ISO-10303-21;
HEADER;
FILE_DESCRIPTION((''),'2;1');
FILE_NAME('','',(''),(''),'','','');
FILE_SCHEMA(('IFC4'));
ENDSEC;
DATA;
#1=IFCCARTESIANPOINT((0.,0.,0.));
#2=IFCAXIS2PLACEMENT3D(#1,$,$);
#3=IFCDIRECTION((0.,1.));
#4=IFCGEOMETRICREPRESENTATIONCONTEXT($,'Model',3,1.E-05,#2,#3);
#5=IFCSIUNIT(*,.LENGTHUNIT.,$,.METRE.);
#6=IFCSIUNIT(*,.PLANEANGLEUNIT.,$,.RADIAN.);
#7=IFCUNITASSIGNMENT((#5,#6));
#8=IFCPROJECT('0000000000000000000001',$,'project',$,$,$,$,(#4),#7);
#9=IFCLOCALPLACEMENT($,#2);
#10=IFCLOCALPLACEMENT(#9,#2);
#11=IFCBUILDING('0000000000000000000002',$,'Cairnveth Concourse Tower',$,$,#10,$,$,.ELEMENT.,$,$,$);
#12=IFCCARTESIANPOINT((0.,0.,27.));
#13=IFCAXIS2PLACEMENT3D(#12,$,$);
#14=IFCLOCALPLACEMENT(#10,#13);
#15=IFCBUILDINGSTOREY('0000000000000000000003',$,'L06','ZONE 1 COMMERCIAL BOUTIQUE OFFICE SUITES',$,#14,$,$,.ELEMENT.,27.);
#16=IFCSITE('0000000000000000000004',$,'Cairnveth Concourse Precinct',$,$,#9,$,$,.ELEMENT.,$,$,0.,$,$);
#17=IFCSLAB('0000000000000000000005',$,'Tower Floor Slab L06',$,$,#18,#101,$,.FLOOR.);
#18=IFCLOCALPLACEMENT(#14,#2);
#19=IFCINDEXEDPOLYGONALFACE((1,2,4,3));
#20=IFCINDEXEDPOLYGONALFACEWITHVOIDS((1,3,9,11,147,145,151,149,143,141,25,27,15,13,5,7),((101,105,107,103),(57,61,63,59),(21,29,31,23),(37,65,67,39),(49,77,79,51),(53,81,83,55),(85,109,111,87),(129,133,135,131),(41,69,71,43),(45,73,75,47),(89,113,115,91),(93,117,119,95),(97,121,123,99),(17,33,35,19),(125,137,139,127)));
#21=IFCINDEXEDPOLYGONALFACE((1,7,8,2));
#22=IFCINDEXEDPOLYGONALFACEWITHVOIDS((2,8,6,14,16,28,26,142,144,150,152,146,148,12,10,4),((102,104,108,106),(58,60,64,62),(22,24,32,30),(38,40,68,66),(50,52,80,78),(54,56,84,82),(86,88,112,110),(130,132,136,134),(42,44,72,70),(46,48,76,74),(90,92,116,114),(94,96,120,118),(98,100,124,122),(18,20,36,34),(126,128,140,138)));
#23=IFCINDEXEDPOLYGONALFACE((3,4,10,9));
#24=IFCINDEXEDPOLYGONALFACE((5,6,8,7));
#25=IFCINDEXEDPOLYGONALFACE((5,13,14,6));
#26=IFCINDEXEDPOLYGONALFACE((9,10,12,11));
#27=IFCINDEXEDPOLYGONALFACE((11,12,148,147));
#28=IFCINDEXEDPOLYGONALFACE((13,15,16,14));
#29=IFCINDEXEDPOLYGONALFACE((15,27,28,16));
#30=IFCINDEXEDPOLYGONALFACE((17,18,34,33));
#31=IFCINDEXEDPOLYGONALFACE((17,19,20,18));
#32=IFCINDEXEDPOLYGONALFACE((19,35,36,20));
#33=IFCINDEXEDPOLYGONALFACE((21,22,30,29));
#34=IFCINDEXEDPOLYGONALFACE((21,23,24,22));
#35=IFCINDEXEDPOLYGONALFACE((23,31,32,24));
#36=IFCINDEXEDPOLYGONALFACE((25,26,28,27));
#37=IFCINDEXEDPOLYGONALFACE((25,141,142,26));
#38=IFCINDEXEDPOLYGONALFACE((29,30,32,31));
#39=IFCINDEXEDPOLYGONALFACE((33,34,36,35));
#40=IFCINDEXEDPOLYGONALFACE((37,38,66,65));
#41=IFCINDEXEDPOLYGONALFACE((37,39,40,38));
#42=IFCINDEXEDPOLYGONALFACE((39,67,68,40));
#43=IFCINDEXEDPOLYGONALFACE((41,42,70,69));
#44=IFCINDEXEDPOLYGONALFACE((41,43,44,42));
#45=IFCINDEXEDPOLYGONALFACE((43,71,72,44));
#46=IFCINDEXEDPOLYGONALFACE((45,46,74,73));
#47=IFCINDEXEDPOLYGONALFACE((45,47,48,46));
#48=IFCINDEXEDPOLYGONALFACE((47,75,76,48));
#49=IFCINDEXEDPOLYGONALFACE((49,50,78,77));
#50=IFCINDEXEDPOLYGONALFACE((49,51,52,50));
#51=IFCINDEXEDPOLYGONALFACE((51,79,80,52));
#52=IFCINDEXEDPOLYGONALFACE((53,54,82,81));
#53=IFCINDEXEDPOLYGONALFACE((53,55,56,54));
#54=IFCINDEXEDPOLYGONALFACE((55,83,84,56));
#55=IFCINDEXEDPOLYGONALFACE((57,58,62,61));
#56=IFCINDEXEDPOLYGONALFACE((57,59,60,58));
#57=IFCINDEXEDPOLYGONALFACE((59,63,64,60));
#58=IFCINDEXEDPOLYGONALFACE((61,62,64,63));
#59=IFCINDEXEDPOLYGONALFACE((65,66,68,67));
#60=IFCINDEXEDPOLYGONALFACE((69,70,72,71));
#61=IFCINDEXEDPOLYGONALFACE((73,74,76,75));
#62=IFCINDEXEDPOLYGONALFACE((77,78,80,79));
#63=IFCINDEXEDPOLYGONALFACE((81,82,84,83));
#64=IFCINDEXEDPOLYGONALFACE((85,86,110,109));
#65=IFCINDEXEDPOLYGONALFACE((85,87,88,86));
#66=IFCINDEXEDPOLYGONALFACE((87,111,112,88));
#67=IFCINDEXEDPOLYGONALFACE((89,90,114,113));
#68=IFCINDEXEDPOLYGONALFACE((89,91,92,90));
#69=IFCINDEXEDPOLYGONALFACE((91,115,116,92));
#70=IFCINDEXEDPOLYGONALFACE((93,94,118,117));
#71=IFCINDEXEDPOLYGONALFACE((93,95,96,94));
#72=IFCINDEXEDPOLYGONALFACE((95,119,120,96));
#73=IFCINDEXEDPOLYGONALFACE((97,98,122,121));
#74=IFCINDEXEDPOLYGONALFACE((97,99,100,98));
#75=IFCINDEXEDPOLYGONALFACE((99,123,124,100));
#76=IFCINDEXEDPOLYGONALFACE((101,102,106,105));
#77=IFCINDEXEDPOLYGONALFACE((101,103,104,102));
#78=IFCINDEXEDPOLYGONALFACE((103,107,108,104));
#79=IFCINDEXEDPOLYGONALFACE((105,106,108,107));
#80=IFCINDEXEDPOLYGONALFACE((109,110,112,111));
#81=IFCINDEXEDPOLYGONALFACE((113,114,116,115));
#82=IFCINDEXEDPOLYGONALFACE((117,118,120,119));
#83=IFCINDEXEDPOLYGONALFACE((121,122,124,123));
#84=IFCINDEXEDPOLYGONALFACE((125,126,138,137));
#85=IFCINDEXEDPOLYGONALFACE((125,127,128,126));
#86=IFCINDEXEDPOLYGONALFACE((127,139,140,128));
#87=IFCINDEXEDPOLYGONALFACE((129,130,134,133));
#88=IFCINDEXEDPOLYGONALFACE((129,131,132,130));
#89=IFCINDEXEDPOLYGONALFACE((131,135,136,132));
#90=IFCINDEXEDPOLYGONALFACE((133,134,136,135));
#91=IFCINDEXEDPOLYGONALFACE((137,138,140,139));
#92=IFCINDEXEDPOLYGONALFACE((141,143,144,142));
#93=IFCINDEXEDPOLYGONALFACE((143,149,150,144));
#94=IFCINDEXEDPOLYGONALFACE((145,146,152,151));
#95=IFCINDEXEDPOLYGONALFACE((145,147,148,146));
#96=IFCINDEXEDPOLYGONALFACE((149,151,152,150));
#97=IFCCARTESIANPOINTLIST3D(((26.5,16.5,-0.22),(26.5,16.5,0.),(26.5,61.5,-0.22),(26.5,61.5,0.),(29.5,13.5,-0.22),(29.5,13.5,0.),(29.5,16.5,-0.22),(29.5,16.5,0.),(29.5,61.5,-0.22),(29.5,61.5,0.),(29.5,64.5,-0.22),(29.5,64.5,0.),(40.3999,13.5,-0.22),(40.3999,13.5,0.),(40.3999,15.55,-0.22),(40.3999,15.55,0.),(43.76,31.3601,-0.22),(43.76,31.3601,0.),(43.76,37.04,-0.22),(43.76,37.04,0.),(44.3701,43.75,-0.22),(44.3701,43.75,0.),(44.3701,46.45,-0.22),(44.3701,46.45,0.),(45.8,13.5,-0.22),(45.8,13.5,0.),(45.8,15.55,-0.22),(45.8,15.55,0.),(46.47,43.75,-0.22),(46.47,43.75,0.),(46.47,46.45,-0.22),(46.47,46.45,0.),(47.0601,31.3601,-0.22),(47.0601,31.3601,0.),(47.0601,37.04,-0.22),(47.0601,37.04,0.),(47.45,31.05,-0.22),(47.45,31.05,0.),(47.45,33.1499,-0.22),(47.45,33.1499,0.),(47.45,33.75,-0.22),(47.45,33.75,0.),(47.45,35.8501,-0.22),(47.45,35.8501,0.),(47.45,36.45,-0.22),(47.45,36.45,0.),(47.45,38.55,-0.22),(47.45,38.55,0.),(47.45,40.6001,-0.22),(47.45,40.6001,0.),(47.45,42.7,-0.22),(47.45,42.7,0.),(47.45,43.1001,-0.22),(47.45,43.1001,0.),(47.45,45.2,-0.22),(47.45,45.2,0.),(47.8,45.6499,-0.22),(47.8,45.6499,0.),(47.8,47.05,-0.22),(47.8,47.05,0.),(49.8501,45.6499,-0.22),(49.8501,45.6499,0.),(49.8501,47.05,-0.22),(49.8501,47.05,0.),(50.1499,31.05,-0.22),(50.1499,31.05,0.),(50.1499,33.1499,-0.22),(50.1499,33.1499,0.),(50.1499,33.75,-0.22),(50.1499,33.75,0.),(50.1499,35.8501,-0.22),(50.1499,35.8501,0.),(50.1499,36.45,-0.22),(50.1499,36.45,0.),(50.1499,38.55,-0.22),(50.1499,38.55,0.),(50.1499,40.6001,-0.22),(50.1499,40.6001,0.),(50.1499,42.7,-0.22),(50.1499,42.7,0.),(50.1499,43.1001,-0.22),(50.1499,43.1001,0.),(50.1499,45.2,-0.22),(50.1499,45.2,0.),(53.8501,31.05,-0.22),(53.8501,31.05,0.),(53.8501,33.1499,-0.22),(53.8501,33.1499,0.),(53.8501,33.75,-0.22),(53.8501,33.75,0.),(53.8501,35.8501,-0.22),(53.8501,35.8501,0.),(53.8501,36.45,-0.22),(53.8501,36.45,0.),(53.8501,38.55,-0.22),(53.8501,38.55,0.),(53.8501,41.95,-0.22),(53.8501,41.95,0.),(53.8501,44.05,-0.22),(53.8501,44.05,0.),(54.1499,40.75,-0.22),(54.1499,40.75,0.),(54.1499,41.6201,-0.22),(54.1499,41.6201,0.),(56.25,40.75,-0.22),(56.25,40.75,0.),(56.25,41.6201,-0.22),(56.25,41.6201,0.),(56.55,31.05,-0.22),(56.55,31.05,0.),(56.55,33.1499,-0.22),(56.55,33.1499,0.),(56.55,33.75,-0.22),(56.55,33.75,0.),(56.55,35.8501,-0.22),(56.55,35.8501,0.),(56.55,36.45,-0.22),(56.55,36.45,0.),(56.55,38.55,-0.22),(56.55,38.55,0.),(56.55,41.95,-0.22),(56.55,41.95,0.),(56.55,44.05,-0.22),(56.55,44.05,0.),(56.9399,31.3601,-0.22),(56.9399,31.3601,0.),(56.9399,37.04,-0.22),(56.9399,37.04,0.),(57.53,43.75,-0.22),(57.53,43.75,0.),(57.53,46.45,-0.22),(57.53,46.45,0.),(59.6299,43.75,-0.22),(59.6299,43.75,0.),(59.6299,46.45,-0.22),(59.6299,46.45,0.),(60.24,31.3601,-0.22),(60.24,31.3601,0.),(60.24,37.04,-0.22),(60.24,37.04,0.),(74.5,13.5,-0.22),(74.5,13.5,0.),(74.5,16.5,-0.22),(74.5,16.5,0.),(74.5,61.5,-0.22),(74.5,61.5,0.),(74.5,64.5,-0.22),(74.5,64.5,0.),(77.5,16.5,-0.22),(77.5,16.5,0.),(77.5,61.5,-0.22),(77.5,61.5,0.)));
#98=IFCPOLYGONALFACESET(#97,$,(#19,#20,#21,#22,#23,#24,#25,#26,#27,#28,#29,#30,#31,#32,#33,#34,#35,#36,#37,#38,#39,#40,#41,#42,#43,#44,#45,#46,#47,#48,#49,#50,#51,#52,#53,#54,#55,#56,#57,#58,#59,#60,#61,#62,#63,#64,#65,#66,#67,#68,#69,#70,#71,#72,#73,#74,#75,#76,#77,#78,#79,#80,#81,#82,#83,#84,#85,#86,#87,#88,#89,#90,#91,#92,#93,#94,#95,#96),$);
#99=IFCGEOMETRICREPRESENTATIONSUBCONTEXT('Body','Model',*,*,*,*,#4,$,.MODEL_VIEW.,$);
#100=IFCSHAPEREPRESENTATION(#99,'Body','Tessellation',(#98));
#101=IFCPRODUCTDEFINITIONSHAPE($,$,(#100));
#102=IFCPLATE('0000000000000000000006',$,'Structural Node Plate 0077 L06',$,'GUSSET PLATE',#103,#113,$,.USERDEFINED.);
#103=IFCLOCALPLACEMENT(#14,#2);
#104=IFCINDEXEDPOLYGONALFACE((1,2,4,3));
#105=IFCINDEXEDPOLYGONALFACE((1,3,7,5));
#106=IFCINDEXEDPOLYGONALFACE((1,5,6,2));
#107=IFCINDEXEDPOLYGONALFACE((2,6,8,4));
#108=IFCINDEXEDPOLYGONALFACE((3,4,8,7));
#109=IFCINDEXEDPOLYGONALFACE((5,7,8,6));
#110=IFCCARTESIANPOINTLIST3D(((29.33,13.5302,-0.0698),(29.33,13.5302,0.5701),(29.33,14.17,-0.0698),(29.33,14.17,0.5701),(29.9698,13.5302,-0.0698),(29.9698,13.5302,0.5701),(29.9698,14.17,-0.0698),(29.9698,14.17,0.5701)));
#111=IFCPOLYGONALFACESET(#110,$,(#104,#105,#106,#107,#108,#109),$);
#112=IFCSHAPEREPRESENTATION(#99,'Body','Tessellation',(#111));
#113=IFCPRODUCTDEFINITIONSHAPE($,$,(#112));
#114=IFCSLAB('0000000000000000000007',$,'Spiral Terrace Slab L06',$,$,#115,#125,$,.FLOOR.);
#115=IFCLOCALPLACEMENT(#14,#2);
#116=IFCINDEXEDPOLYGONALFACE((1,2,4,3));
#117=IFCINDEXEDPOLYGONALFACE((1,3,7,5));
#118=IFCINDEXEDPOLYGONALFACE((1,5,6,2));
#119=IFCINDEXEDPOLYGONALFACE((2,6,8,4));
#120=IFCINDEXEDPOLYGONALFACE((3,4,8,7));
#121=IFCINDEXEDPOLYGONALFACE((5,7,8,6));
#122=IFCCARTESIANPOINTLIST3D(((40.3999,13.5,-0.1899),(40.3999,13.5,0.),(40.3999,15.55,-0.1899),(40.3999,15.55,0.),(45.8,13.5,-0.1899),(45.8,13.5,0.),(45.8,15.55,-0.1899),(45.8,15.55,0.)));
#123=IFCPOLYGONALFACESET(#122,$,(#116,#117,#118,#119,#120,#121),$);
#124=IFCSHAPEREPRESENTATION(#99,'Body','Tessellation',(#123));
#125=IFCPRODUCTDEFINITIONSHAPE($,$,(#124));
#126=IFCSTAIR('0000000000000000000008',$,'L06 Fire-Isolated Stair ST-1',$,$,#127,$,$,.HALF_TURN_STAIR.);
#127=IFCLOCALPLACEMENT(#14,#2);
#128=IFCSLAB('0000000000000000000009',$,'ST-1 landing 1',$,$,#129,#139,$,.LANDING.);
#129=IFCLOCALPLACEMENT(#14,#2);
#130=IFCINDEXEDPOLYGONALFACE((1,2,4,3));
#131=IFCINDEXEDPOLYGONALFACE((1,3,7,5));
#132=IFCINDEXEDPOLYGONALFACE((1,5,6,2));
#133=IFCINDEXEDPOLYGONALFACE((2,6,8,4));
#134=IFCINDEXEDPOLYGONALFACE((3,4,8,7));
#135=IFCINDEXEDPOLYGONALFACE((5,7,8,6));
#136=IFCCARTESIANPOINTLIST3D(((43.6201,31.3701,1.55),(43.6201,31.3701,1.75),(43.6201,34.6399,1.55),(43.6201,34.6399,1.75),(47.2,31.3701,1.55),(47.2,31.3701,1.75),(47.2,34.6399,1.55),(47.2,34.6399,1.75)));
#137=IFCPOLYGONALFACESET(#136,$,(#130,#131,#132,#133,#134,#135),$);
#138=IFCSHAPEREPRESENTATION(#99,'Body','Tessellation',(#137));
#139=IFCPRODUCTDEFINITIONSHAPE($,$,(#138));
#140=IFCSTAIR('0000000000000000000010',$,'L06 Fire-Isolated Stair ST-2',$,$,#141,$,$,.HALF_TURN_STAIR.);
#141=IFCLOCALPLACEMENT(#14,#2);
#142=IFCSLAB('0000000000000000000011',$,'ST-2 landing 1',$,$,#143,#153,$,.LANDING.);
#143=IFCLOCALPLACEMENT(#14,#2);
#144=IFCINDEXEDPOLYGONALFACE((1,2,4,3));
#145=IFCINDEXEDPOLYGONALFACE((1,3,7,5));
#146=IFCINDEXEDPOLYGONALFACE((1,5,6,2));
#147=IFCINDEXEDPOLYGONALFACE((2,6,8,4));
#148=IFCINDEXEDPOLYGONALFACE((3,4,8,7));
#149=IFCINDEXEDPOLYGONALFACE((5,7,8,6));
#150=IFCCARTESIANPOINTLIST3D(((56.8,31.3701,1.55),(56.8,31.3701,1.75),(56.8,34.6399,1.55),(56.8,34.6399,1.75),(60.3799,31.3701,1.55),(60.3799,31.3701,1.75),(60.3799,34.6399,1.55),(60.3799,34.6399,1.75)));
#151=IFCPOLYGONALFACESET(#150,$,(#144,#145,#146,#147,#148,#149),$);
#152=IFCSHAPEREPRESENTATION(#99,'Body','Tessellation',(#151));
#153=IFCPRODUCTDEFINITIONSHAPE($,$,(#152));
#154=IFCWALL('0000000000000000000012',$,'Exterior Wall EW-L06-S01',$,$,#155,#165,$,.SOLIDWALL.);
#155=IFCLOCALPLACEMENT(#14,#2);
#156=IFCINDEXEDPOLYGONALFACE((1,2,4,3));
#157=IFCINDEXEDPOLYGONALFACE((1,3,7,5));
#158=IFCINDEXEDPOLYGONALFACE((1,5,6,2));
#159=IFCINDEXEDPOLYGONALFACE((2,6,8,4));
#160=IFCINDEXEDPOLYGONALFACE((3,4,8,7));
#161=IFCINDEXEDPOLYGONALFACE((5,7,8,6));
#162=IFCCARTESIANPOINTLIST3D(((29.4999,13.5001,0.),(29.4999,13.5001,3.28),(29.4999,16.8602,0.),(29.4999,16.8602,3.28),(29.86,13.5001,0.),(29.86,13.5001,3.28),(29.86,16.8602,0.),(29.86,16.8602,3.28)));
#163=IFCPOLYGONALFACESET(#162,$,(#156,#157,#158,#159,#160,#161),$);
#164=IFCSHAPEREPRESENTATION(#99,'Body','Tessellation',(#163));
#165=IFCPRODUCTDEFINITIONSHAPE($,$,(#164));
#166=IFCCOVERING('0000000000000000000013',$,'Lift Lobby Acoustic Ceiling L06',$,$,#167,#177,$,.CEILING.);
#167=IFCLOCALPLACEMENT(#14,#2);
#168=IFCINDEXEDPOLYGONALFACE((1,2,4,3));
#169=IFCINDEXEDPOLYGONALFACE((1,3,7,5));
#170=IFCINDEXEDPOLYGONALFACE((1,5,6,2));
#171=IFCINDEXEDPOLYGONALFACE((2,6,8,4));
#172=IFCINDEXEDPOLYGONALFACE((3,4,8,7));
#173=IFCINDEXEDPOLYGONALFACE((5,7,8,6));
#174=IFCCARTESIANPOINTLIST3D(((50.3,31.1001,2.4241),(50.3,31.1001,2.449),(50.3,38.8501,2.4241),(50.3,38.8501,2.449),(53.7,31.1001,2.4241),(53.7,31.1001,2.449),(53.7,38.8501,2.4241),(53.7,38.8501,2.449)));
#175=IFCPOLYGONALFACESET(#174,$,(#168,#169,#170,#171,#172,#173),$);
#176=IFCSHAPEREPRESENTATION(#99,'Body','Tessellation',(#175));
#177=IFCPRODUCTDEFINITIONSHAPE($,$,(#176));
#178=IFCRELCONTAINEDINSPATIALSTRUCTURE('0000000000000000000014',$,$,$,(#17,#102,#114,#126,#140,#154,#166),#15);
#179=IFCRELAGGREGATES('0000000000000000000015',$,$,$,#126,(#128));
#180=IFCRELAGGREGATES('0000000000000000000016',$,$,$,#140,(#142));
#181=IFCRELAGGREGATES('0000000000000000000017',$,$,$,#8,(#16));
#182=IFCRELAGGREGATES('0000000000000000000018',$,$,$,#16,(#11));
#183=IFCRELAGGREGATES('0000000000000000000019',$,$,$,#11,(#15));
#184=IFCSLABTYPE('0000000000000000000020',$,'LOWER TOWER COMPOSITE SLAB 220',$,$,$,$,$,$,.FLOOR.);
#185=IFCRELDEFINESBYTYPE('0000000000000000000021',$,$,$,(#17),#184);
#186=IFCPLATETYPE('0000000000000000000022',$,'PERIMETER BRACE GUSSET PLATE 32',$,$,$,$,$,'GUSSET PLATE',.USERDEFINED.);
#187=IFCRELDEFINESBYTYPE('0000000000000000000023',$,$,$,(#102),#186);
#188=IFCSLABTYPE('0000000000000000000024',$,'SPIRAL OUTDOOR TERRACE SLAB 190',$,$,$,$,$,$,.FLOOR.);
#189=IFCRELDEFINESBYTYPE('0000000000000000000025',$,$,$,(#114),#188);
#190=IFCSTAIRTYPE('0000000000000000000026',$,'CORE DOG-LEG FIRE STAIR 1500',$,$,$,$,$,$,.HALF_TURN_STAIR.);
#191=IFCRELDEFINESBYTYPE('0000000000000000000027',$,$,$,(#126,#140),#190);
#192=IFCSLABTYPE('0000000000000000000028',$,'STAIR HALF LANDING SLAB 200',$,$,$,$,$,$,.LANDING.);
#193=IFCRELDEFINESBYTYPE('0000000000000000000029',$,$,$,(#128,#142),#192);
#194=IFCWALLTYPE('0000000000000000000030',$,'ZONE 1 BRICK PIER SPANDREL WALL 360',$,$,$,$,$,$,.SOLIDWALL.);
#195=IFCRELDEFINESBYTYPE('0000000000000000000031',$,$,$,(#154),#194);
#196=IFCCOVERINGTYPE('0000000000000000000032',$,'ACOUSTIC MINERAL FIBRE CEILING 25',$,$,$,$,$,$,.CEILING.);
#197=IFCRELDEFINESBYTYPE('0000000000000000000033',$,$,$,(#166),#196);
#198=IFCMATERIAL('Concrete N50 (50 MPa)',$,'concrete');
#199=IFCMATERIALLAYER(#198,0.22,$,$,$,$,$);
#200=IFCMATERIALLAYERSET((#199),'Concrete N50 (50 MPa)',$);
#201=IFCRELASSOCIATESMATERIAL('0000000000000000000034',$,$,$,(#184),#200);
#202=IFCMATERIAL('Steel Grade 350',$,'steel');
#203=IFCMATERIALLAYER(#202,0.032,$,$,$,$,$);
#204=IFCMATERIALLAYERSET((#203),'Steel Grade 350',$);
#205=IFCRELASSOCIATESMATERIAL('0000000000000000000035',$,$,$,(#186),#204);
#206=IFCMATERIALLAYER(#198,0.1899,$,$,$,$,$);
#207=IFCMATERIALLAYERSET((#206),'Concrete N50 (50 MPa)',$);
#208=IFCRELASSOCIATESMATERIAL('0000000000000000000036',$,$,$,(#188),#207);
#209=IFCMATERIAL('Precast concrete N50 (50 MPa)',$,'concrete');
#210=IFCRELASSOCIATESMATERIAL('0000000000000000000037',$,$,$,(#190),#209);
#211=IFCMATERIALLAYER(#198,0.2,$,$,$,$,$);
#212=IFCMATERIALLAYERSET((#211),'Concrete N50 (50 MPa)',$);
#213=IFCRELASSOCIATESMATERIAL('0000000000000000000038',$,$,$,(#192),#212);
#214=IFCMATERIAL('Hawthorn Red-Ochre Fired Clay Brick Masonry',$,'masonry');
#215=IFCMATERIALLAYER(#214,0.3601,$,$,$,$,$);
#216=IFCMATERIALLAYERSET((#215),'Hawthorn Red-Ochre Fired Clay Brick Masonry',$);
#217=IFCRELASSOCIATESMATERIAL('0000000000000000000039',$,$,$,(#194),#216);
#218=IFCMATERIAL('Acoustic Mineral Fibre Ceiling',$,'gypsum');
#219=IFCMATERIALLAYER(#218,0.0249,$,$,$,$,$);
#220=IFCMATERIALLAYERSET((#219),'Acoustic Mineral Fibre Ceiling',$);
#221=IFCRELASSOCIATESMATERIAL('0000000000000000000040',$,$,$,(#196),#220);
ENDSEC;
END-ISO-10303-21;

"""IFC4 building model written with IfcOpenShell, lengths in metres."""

from ifc_helpers import new_model, si_unit, direction, frame, frame_2d, origin, origin_2d, place, context, subcontext, project, spatial, polyline, rectangle, outline, extrude, material, layer, layer_set, type_object, element, aggregate, save


model = new_model("IFC4")

# Units and contexts
model_context = context("Model", 3, precision=1e-05, world=origin(), true_north=direction((0.0, 1.0)))
body_context = subcontext(model_context, "Body", "Model", "MODEL_VIEW")
ifc_project = project(units=[si_unit("LENGTHUNIT", "METRE"), si_unit("PLANEANGLEUNIT", "RADIAN")], contexts=[model_context])

# Site, building, storey
site_placement = place(None, origin())
site = spatial("IfcSite", under=ifc_project, at=site_placement, Name="Cairnveth Concourse Precinct", CompositionType="ELEMENT", RefElevation=0.0)
building_placement = place(site_placement, origin())
building = spatial("IfcBuilding", under=site, at=building_placement, Name="Cairnveth Concourse Tower", CompositionType="ELEMENT")
storey_placement = place(building_placement, frame((0.0, 0.0, 27.0)))
storey = spatial("IfcBuildingStorey", under=building, at=storey_placement, Name="L06", Description="ZONE 1 COMMERCIAL BOUTIQUE OFFICE SUITES", CompositionType="ELEMENT", Elevation=27.0)

# Shared definitions
ifc_material_1 = material(Name="Steel Grade 350", Category="steel")

# Slab
ifc_material_2 = material(Name="Concrete N50 (50 MPa)", Category="concrete")
ifc_layer_1 = layer(ifc_material_2, 0.22)
ifc_layer_set_1 = layer_set([ifc_layer_1], Name="Concrete N50 (50 MPa)")
slab_type_1 = type_object("IfcSlabType", Name="LOWER TOWER COMPOSITE SLAB 220", PredefinedType="FLOOR", material=ifc_layer_set_1)
slab_1_placement = place(storey_placement, frame((0.0, 0.0, -0.22)))
element("IfcSlab", 1, at=slab_1_placement, inside=storey, type_object=slab_type_1, Name="Tower Floor Slab L06", PredefinedType="FLOOR", context=body_context, shape_type="SweptSolid", body=[
    extrude(outline(polyline([(40.3999, 13.5), (40.3999, 15.55), (45.8, 15.55), (45.8, 13.5), (74.5, 13.5), (74.5, 16.5), (77.5, 16.5), (77.5, 61.5), (74.5, 61.5), (74.5, 64.5), (29.5, 64.5), (29.5, 61.5), (26.5, 61.5), (26.5, 16.5), (29.5, 16.5), (29.5, 13.5), (40.3999, 13.5)]), holes=[polyline([(43.76, 31.3601), (47.0601, 31.3601), (47.0601, 37.04), (43.76, 37.04), (43.76, 31.3601)]), polyline([(56.9399, 31.3601), (60.24, 31.3601), (60.24, 37.04), (56.9399, 37.04), (56.9399, 31.3601)]), polyline([(44.3701, 43.75), (46.47, 43.75), (46.47, 46.45), (44.3701, 46.45), (44.3701, 43.75)]), polyline([(57.53, 43.75), (59.6299, 43.75), (59.6299, 46.45), (57.53, 46.45), (57.53, 43.75)]), polyline([(47.45, 31.05), (50.1499, 31.05), (50.1499, 33.1499), (47.45, 33.1499), (47.45, 31.05)]), polyline([(47.45, 33.75), (50.1499, 33.75), (50.1499, 35.8501), (47.45, 35.8501), (47.45, 33.75)]), polyline([(47.45, 36.45), (50.1499, 36.45), (50.1499, 38.55), (47.45, 38.55), (47.45, 36.45)]), polyline([(53.8501, 31.05), (56.55, 31.05), (56.55, 33.1499), (53.8501, 33.1499), (53.8501, 31.05)]), polyline([(53.8501, 33.75), (56.55, 33.75), (56.55, 35.8501), (53.8501, 35.8501), (53.8501, 33.75)]), polyline([(53.8501, 36.45), (56.55, 36.45), (56.55, 38.55), (53.8501, 38.55), (53.8501, 36.45)]), polyline([(47.45, 40.6001), (50.1499, 40.6001), (50.1499, 42.7), (47.45, 42.7), (47.45, 40.6001)]), polyline([(47.45, 43.1001), (50.1499, 43.1001), (50.1499, 45.2), (47.45, 45.2), (47.45, 43.1001)]), polyline([(53.8501, 41.95), (56.55, 41.95), (56.55, 44.05), (53.8501, 44.05), (53.8501, 41.95)]), polyline([(47.8, 45.6499), (49.8501, 45.6499), (49.8501, 47.05), (47.8, 47.05), (47.8, 45.6499)]), polyline([(54.1499, 40.75), (56.25, 40.75), (56.25, 41.6201), (54.1499, 41.6201), (54.1499, 40.75)])]), origin(), (0.0, 0.0, 1.0), 0.22),
])

# Plate
ifc_layer_2 = layer(ifc_material_1, 0.032)
ifc_layer_set_2 = layer_set([ifc_layer_2], Name="Steel Grade 350")
plate_type = type_object("IfcPlateType", Name="PERIMETER BRACE GUSSET PLATE 32", ElementType="GUSSET PLATE", PredefinedType="USERDEFINED", material=ifc_layer_set_2)
plate_placement = place(storey_placement, frame((29.6499, 13.8501, -0.0698), z_axis=(0.0, 0.0, 1.0), x_axis=(1.0, 0.0, 0.0)))
element("IfcPlate", 2, at=plate_placement, inside=storey, type_object=plate_type, Name="Structural Node Plate 0077 L06", ObjectType="GUSSET PLATE", PredefinedType="USERDEFINED", context=body_context, shape_type="SweptSolid", body=[
    extrude(rectangle(XDim=0.6399, YDim=0.6399, at=origin_2d()), origin(), (0.0, 0.0, 1.0), 0.6399),
])

# Slab
ifc_layer_3 = layer(ifc_material_2, 0.1899)
ifc_layer_set_3 = layer_set([ifc_layer_3], Name="Concrete N50 (50 MPa)")
slab_type_2 = type_object("IfcSlabType", Name="SPIRAL OUTDOOR TERRACE SLAB 190", PredefinedType="FLOOR", material=ifc_layer_set_3)
slab_2_placement = place(storey_placement, frame((0.0, 0.0, -0.1899)))
element("IfcSlab", 3, at=slab_2_placement, inside=storey, type_object=slab_type_2, Name="Spiral Terrace Slab L06", PredefinedType="FLOOR", context=body_context, shape_type="SweptSolid", body=[
    extrude(outline(polyline([(40.3999, 13.5), (45.8, 13.5), (45.8, 15.55), (40.3999, 15.55), (40.3999, 13.5)])), origin(), (0.0, 0.0, 1.0), 0.1899),
])

# Stairs, slabs
ifc_material_3 = material(Name="Precast concrete N50 (50 MPa)", Category="concrete")
stair_type = type_object("IfcStairType", Name="CORE DOG-LEG FIRE STAIR 1500", PredefinedType="HALF_TURN_STAIR", material=ifc_material_3)
stair_1_placement = place(storey_placement, origin())
stair_1 = element("IfcStair", 4, at=stair_1_placement, inside=storey, type_object=stair_type, Name="L06 Fire-Isolated Stair ST-1", PredefinedType="HALF_TURN_STAIR")
ifc_layer_4 = layer(ifc_material_2, 0.2)
ifc_layer_set_4 = layer_set([ifc_layer_4], Name="Concrete N50 (50 MPa)")
slab_type_3 = type_object("IfcSlabType", Name="STAIR HALF LANDING SLAB 200", PredefinedType="LANDING", material=ifc_layer_set_4)
slab_3_placement = place(storey_placement, frame((0.0, 0.0, 1.55)))
slab_3 = element("IfcSlab", 5, at=slab_3_placement, type_object=slab_type_3, Name="ST-1 landing 1", PredefinedType="LANDING", context=body_context, shape_type="SweptSolid", body=[
    extrude(outline(polyline([(43.6201, 34.6399), (43.6201, 31.3701), (47.2, 31.3701), (47.2, 34.6399), (43.6201, 34.6399)])), origin(), (0.0, 0.0, 1.0), 0.2),
])
aggregate(stair_1, [slab_3])
stair_2_placement = place(storey_placement, origin())
stair_2 = element("IfcStair", 6, at=stair_2_placement, inside=storey, type_object=stair_type, Name="L06 Fire-Isolated Stair ST-2", PredefinedType="HALF_TURN_STAIR")
slab_4_placement = place(storey_placement, frame((0.0, 0.0, 1.55)))
slab_4 = element("IfcSlab", 7, at=slab_4_placement, type_object=slab_type_3, Name="ST-2 landing 1", PredefinedType="LANDING", context=body_context, shape_type="SweptSolid", body=[
    extrude(outline(polyline([(56.8, 34.6399), (56.8, 31.3701), (60.3799, 31.3701), (60.3799, 34.6399), (56.8, 34.6399)])), origin(), (0.0, 0.0, 1.0), 0.2),
])
aggregate(stair_2, [slab_4])

# Wall
ifc_material_4 = material(Name="Hawthorn Red-Ochre Fired Clay Brick Masonry", Category="masonry")
ifc_layer_5 = layer(ifc_material_4, 0.3601)
ifc_layer_set_5 = layer_set([ifc_layer_5], Name="Hawthorn Red-Ochre Fired Clay Brick Masonry")
wall_type = type_object("IfcWallType", Name="ZONE 1 BRICK PIER SPANDREL WALL 360", PredefinedType="SOLIDWALL", material=ifc_layer_set_5)
wall_1_placement = place(storey_placement, frame((29.6799, 13.5, 0.0), z_axis=(0.0, 0.0, 1.0), x_axis=(0.0, 1.0, 0.0)))
element("IfcWall", 8, at=wall_1_placement, inside=storey, type_object=wall_type, Name="Exterior Wall EW-L06-S01", PredefinedType="SOLIDWALL", context=body_context, shape_type="SweptSolid", body=[
    extrude(rectangle(XDim=3.3601, YDim=0.3601, at=frame_2d((1.6802, 0.0))), origin(), (0.0, 0.0, 1.0), 3.28),
])

# Covering
ifc_material_5 = material(Name="Acoustic Mineral Fibre Ceiling", Category="gypsum")
ifc_layer_6 = layer(ifc_material_5, 0.0249)
ifc_layer_set_6 = layer_set([ifc_layer_6], Name="Acoustic Mineral Fibre Ceiling")
covering_type_1 = type_object("IfcCoveringType", Name="ACOUSTIC MINERAL FIBRE CEILING 25", PredefinedType="CEILING", material=ifc_layer_set_6)
covering_1_placement = place(storey_placement, frame((0.0, 0.0, 2.4241)))
element("IfcCovering", 9, at=covering_1_placement, inside=storey, type_object=covering_type_1, Name="Lift Lobby Acoustic Ceiling L06", PredefinedType="CEILING", context=body_context, shape_type="SweptSolid", body=[
    extrude(outline(polyline([(50.3, 31.1001), (53.7, 31.1001), (53.7, 38.8501), (50.3, 38.8501), (50.3, 31.1001)])), origin(), (0.0, 0.0, 1.0), 0.0249),
])

save(model, "model.ifc")
